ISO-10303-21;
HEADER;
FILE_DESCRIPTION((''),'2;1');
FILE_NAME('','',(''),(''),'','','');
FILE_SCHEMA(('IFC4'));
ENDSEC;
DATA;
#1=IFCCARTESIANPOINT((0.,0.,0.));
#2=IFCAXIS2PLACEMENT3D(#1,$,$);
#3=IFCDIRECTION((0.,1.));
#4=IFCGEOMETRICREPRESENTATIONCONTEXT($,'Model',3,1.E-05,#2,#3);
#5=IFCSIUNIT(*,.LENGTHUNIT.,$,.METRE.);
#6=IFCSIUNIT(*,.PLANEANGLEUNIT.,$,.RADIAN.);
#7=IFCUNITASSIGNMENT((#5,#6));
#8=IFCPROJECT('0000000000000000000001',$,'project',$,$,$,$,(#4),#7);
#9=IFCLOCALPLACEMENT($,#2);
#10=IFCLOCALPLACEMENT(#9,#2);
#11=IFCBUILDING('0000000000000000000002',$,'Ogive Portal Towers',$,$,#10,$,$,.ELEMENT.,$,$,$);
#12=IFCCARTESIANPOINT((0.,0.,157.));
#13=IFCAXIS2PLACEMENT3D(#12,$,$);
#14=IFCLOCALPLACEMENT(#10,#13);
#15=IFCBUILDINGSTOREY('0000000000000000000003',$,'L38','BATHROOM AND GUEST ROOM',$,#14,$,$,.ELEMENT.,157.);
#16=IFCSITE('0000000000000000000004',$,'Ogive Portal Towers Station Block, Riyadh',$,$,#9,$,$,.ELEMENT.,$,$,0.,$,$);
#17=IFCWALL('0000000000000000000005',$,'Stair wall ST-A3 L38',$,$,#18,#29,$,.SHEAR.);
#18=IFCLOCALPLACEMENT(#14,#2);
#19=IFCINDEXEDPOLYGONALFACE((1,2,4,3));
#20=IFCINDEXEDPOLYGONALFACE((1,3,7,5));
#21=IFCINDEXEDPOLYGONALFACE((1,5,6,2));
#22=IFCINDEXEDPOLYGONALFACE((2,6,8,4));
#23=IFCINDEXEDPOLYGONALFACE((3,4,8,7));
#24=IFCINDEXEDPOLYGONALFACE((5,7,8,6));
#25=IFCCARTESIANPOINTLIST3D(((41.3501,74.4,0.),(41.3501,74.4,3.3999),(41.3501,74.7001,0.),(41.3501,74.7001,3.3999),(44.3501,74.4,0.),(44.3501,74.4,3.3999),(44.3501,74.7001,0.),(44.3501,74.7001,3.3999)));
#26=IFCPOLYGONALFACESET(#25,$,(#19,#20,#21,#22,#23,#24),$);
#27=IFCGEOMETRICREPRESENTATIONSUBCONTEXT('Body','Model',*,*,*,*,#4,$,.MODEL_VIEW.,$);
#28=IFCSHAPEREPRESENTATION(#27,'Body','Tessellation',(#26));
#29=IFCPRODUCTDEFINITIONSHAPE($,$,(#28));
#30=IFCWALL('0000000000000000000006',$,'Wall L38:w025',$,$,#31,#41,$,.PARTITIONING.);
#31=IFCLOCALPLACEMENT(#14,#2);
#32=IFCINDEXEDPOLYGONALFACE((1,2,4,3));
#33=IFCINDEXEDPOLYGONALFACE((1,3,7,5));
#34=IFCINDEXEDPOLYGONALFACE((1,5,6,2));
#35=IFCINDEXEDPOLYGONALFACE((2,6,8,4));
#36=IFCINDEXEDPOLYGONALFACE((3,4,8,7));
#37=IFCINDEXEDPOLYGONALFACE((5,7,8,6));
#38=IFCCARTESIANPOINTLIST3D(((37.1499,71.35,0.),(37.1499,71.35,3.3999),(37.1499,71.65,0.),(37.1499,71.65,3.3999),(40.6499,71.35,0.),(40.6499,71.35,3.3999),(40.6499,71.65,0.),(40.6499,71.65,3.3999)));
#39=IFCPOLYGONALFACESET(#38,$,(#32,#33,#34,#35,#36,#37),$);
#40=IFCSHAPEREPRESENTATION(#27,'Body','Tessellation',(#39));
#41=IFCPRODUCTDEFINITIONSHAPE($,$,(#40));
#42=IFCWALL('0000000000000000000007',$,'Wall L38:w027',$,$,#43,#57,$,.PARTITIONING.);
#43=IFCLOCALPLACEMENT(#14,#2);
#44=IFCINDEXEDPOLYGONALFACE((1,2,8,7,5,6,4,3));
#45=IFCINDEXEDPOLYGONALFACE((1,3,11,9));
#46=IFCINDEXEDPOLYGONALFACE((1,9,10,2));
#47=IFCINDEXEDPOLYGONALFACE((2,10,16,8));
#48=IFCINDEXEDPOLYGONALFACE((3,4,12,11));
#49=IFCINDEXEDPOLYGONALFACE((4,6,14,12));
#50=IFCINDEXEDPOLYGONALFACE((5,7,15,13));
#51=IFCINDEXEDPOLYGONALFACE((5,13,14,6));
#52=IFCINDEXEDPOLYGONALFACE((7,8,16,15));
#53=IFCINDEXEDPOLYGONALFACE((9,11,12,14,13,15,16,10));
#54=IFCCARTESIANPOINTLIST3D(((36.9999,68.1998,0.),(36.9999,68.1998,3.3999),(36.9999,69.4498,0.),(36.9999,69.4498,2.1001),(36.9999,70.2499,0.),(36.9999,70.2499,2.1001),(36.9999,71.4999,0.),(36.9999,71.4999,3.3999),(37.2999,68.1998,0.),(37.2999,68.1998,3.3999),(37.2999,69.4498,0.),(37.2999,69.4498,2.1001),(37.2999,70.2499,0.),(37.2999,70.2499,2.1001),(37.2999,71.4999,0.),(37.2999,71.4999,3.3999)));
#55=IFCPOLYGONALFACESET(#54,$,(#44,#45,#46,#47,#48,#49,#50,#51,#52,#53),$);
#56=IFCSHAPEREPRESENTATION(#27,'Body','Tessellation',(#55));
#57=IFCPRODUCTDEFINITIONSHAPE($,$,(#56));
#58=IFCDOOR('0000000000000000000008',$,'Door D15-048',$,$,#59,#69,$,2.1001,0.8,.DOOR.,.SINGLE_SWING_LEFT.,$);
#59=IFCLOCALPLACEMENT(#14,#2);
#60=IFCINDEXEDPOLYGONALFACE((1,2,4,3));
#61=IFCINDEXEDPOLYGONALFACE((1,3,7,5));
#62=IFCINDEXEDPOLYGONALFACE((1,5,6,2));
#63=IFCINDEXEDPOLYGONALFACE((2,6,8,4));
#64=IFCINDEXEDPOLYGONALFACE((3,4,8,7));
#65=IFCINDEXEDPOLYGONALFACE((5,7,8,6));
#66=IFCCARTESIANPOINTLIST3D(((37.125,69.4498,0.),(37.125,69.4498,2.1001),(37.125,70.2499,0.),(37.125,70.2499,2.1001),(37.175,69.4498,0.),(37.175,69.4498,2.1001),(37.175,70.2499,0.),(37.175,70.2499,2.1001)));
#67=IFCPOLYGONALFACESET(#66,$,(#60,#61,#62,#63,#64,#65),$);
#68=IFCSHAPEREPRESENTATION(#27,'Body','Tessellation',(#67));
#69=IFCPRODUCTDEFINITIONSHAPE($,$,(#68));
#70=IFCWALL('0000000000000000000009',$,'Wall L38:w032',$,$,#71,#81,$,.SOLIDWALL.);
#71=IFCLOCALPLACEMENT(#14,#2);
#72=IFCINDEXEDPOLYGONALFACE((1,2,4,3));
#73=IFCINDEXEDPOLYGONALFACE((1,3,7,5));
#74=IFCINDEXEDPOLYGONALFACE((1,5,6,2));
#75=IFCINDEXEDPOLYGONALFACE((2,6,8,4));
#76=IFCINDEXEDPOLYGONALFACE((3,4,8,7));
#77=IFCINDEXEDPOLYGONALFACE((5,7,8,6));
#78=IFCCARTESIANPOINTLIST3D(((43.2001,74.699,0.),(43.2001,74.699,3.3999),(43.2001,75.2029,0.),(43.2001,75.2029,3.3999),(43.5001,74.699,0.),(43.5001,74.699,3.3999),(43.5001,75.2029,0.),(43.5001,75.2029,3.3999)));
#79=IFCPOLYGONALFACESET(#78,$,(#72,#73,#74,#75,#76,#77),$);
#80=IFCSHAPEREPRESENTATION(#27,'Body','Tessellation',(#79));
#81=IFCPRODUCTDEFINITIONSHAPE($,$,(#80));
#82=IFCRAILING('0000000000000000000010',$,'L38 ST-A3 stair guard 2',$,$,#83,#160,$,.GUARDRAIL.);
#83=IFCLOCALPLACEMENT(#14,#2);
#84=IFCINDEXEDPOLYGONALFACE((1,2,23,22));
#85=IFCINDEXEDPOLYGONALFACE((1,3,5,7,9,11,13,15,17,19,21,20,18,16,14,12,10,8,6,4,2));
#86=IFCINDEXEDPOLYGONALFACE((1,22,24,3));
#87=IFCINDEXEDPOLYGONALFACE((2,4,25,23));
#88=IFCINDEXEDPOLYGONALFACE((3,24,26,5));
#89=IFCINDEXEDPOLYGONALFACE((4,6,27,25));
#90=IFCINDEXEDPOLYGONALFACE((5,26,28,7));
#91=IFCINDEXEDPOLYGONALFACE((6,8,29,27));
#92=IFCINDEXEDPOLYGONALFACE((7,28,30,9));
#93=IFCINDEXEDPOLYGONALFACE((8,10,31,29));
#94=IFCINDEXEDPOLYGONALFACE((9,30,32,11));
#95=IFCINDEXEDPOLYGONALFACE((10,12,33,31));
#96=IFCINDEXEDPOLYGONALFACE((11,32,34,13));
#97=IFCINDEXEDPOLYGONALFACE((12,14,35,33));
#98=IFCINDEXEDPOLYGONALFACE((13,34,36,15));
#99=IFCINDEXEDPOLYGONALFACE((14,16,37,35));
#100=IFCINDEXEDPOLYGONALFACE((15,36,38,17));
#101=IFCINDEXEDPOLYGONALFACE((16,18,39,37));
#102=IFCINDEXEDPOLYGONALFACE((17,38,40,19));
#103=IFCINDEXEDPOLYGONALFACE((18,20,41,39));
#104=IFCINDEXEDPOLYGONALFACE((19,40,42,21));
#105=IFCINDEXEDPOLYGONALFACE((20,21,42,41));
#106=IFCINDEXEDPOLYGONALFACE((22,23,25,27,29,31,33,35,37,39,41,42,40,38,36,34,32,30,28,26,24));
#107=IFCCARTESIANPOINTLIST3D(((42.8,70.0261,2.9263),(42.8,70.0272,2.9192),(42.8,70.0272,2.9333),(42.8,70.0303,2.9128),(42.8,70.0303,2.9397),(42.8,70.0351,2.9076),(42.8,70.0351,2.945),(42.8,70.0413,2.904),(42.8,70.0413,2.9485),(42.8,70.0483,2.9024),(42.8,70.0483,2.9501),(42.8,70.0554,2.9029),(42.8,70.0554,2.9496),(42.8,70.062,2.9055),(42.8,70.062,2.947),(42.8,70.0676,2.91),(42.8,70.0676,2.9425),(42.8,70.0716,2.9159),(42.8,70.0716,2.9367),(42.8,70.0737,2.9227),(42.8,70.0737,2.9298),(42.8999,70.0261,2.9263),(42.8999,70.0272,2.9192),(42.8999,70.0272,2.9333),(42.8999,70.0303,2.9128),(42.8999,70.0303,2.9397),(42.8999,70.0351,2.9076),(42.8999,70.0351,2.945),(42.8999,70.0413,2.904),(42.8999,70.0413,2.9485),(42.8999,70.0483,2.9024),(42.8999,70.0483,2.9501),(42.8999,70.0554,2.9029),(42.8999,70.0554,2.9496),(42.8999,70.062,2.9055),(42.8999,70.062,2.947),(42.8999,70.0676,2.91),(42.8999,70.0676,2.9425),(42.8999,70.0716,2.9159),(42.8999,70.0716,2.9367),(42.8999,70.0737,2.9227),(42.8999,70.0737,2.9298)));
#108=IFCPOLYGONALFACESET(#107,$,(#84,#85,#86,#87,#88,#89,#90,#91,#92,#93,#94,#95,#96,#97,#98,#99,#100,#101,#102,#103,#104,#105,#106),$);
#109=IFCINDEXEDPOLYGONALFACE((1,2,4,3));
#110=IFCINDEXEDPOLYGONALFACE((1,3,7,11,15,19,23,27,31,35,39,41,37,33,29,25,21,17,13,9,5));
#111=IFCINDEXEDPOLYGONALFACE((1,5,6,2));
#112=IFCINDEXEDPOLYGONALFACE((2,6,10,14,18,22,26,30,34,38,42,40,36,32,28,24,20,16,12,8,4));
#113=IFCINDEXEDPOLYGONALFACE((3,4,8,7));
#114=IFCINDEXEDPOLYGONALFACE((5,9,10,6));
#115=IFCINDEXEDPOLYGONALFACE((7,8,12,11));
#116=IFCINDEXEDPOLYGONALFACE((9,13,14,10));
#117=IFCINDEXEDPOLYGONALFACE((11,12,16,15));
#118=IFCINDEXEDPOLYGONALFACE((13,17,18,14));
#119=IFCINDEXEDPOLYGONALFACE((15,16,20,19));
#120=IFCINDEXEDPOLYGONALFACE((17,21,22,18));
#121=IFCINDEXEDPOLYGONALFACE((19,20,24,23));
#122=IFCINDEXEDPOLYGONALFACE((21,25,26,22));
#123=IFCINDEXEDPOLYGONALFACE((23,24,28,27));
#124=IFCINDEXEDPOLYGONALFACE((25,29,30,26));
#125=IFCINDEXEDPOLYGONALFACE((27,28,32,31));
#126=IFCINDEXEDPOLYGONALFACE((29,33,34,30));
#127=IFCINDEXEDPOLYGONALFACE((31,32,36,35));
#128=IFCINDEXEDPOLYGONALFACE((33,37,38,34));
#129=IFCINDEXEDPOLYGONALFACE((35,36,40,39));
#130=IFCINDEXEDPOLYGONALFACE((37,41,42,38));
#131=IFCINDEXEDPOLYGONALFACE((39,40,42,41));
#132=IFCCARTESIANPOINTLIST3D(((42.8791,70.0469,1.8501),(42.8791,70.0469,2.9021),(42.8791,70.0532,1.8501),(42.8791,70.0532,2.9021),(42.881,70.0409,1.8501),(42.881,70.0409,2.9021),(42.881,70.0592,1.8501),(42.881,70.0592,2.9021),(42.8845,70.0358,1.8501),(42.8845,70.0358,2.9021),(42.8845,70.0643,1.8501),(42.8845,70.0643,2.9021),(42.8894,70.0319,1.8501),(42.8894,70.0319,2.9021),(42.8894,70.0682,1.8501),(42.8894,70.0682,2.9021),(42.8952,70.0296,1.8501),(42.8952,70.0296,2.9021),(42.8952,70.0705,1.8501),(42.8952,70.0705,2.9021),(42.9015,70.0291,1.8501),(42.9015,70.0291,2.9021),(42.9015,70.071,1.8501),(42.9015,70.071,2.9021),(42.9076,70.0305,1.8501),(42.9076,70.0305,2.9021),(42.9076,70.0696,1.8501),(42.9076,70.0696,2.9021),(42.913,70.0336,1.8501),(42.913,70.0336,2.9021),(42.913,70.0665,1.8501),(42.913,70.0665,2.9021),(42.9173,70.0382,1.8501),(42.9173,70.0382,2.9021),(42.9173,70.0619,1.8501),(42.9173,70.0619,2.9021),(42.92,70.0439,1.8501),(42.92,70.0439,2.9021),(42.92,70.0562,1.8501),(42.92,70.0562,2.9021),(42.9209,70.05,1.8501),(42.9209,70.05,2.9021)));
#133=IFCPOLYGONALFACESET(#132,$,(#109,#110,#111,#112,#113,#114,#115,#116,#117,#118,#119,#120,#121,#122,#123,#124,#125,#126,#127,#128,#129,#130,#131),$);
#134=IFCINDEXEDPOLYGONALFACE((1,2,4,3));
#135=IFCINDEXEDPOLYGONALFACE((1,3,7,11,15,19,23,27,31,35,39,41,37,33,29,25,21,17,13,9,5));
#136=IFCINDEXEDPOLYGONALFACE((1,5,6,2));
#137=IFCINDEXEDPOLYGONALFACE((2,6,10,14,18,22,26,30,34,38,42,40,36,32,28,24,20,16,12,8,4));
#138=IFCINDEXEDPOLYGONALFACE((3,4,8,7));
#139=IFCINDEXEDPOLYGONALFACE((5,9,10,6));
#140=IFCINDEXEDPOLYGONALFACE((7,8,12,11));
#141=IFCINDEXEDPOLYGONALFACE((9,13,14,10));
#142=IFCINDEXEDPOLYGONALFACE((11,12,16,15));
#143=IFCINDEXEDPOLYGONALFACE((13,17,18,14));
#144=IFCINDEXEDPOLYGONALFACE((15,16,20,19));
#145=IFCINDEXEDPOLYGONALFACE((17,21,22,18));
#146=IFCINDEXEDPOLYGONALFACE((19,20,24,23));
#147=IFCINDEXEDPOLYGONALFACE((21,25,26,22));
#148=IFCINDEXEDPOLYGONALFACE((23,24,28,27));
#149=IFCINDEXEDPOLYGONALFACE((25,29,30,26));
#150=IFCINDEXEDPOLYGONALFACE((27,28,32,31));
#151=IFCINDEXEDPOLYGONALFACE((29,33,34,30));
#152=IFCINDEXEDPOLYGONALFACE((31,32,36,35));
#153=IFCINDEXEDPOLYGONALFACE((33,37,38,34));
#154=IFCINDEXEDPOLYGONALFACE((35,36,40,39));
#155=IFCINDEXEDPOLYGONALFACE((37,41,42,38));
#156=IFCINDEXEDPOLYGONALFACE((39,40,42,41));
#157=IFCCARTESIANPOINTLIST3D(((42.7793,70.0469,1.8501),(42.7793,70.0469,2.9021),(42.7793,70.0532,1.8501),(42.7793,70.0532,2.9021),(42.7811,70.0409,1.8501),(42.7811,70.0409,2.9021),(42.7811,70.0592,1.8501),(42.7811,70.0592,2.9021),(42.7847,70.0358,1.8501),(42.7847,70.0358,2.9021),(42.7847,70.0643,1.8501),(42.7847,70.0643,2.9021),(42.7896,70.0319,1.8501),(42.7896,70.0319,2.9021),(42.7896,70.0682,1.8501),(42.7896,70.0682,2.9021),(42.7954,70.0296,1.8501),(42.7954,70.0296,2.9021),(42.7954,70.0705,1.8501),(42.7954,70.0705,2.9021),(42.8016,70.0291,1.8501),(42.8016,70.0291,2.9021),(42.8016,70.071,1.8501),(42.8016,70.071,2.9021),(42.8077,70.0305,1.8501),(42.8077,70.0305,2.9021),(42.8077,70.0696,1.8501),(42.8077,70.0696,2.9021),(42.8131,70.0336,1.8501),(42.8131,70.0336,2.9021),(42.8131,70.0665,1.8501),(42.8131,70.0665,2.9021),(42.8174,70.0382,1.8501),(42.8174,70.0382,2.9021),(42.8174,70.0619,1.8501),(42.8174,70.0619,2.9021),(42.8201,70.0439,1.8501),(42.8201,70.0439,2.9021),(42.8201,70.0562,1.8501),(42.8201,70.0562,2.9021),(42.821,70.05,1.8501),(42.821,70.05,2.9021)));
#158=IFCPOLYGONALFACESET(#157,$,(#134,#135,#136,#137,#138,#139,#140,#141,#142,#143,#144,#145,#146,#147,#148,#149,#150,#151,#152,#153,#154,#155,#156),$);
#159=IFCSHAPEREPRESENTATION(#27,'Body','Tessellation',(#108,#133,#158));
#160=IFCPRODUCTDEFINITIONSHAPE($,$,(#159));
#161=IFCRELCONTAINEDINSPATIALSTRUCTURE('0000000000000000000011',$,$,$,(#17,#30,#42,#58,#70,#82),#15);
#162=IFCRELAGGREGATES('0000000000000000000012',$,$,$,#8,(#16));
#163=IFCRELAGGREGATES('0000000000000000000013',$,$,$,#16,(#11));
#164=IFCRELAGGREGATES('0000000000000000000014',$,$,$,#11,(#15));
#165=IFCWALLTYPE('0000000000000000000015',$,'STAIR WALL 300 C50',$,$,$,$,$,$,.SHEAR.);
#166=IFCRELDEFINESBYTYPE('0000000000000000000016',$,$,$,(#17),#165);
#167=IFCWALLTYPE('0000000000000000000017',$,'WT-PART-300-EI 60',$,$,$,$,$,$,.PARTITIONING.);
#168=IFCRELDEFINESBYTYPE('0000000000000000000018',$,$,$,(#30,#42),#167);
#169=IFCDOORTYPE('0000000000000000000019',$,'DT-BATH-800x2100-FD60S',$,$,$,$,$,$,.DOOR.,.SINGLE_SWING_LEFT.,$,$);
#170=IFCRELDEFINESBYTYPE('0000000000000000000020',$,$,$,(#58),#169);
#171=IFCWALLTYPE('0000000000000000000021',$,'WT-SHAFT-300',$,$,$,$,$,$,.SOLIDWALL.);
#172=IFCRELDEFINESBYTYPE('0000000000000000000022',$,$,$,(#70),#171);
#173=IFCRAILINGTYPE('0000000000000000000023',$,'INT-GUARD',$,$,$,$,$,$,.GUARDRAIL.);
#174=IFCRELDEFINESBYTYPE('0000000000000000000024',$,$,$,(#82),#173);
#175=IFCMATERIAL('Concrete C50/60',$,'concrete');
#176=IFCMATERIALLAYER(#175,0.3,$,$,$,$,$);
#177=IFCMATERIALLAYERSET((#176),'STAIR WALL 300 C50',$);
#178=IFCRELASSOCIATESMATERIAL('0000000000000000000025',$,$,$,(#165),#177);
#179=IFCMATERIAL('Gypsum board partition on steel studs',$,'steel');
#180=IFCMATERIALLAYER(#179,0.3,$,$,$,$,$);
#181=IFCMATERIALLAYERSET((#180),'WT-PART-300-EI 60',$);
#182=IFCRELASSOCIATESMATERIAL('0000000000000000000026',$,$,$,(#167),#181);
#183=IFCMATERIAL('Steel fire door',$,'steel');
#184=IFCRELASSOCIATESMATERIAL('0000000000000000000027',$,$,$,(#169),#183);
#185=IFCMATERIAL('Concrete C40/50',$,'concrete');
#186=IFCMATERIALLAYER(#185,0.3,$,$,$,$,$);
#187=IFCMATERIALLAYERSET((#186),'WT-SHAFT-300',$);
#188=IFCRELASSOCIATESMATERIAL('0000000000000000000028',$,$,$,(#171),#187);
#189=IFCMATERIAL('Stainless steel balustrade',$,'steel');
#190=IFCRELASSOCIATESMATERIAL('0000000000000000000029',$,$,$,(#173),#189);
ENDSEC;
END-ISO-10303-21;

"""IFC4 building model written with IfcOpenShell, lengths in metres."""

from ifc_helpers import new_model, si_unit, direction, frame, frame_2d, origin, origin_2d, place, context, subcontext, project, spatial, rectangle, circle, extrude, material, layer, layer_set, type_object, element, fill, save


model = new_model("IFC4")

# Units and contexts
model_context = context("Model", 3, precision=1e-05, world=origin(), true_north=direction((0.0, 1.0)))
body_context = subcontext(model_context, "Body", "Model", "MODEL_VIEW")
ifc_project = project(units=[si_unit("LENGTHUNIT", "METRE"), si_unit("PLANEANGLEUNIT", "RADIAN")], contexts=[model_context])

# Site, building, storey
site_placement = place(None, origin())
site = spatial("IfcSite", under=ifc_project, at=site_placement, Name="Ogive Portal Towers Station Block, Riyadh", CompositionType="ELEMENT", RefElevation=0.0)
building_placement = place(site_placement, origin())
building = spatial("IfcBuilding", under=site, at=building_placement, Name="Ogive Portal Towers", CompositionType="ELEMENT")
storey_placement = place(building_placement, frame((0.0, 0.0, 157.0)))
storey = spatial("IfcBuildingStorey", under=building, at=storey_placement, Name="L38", Description="BATHROOM AND GUEST ROOM", CompositionType="ELEMENT", Elevation=157.0)

# Shared definitions
ifc_material_1 = material(Name="Concrete C40/50", Category="concrete")

# Walls
ifc_material_2 = material(Name="Concrete C50/60", Category="concrete")
ifc_layer_1 = layer(ifc_material_2, 0.3)
ifc_layer_set_1 = layer_set([ifc_layer_1], Name="STAIR WALL 300 C50")
wall_type_1 = type_object("IfcWallType", Name="STAIR WALL 300 C50", PredefinedType="SHEAR", material=ifc_layer_set_1)
wall_1_placement = place(storey_placement, frame((41.3501, 74.55, 0.0), z_axis=(0.0, 0.0, 1.0), x_axis=(1.0, 0.0, 0.0)))
element("IfcWall", 1, at=wall_1_placement, inside=storey, type_object=wall_type_1, Name="Stair wall ST-A3 L38", PredefinedType="SHEAR", context=body_context, shape_type="SweptSolid", body=[
    extrude(rectangle(XDim=3.0, YDim=0.3, at=frame_2d((1.5, 0.0))), origin(), (0.0, 0.0, 1.0), 3.3999),
])
ifc_material_3 = material(Name="Gypsum board partition on steel studs", Category="steel")
ifc_layer_2 = layer(ifc_material_3, 0.3)
ifc_layer_set_2 = layer_set([ifc_layer_2], Name="WT-PART-300-EI 60")
wall_type_2 = type_object("IfcWallType", Name="WT-PART-300-EI 60", PredefinedType="PARTITIONING", material=ifc_layer_set_2)
wall_2_placement = place(storey_placement, frame((37.1499, 71.5, 0.0), z_axis=(0.0, 0.0, 1.0), x_axis=(1.0, 0.0, 0.0)))
element("IfcWall", 2, at=wall_2_placement, inside=storey, type_object=wall_type_2, Name="Wall L38:w025", PredefinedType="PARTITIONING", context=body_context, shape_type="SweptSolid", body=[
    extrude(rectangle(XDim=3.5, YDim=0.3, at=frame_2d((1.75, 0.0))), origin(), (0.0, 0.0, 1.0), 3.3999),
])

# Wall, opening, door
wall_3_placement = place(storey_placement, frame((37.1499, 68.2, 0.0), z_axis=(0.0, 0.0, 1.0), x_axis=(0.0, 1.0, 0.0)))
wall_3 = element("IfcWall", 3, at=wall_3_placement, inside=storey, type_object=wall_type_2, Name="Wall L38:w027", PredefinedType="PARTITIONING", context=body_context, shape_type="SweptSolid", body=[
    extrude(rectangle(XDim=3.3, YDim=0.3, at=frame_2d((1.6499, 0.0))), origin(), (0.0, 0.0, 1.0), 3.3999),
])
opening_placement = place(wall_3_placement, frame((1.25, 0.0, 0.0)))
opening = element("IfcOpeningElement", 4, at=opening_placement, cuts=wall_3, PredefinedType="OPENING", context=body_context, shape_type="SweptSolid", body=[
    extrude(rectangle(XDim=0.8, YDim=2.1001, at=frame_2d((0.3999, 1.05))), frame((0.0, 0.1602, 0.0), z_axis=(0.0, -1.0, 0.0), x_axis=(1.0, 0.0, 0.0)), (0.0, 0.0, 1.0), 0.3201),
])
ifc_material_4 = material(Name="Steel fire door", Category="steel")
door_type = type_object("IfcDoorType", Name="DT-BATH-800x2100-FD60S", OperationType="SINGLE_SWING_LEFT", PredefinedType="DOOR", material=ifc_material_4)
door_placement = place(opening_placement, origin())
door = element("IfcDoor", 5, at=door_placement, inside=storey, type_object=door_type, Name="Door D15-048", OperationType="SINGLE_SWING_LEFT", OverallHeight=2.1001, OverallWidth=0.8, PredefinedType="DOOR", context=body_context, shape_type="SweptSolid", body=[
    extrude(rectangle(XDim=0.8, YDim=2.1001, at=frame_2d((0.3999, 1.05))), frame((0.0, 0.0249, 0.0), z_axis=(0.0, -1.0, 0.0), x_axis=(1.0, 0.0, 0.0)), (0.0, 0.0, 1.0), 0.05),
])
fill(opening, door)

# Wall
ifc_layer_3 = layer(ifc_material_1, 0.3)
ifc_layer_set_3 = layer_set([ifc_layer_3], Name="WT-SHAFT-300")
wall_type_3 = type_object("IfcWallType", Name="WT-SHAFT-300", PredefinedType="SOLIDWALL", material=ifc_layer_set_3)
wall_4_placement = place(storey_placement, frame((43.3501, 74.699, 0.0), z_axis=(0.0, 0.0, 1.0), x_axis=(0.0, 1.0, 0.0)))
element("IfcWall", 6, at=wall_4_placement, inside=storey, type_object=wall_type_3, Name="Wall L38:w032", PredefinedType="SOLIDWALL", context=body_context, shape_type="SweptSolid", body=[
    extrude(rectangle(XDim=0.5039, YDim=0.3, at=frame_2d((0.252, 0.0))), origin(), (0.0, 0.0, 1.0), 3.3999),
])

# Railing
ifc_material_5 = material(Name="Stainless steel balustrade", Category="steel")
railing_type_1 = type_object("IfcRailingType", Name="INT-GUARD", PredefinedType="GUARDRAIL", material=ifc_material_5)
railing_1_placement = place(storey_placement, frame((42.8999, 70.05, 1.8501)))
element("IfcRailing", 7, at=railing_1_placement, inside=storey, type_object=railing_type_1, Name="L38 ST-A3 stair guard 2", PredefinedType="GUARDRAIL", context=body_context, shape_type="SweptSolid", body=[
    extrude(circle(Radius=0.0239, at=origin_2d()), frame((0.0, 0.0, 1.0762), z_axis=(-1.0, 0.0, 0.0), x_axis=(0.0, -1.0, 0.0)), (0.0, 0.0, 1.0), 0.0999),
    extrude(circle(Radius=0.021, at=origin_2d()), origin(), (0.0, 0.0, 1.0), 1.052),
    extrude(circle(Radius=0.021, at=origin_2d()), frame((-0.0999, 0.0, 0.0)), (0.0, 0.0, 1.0), 1.052),
])

save(model, "model.ifc")
